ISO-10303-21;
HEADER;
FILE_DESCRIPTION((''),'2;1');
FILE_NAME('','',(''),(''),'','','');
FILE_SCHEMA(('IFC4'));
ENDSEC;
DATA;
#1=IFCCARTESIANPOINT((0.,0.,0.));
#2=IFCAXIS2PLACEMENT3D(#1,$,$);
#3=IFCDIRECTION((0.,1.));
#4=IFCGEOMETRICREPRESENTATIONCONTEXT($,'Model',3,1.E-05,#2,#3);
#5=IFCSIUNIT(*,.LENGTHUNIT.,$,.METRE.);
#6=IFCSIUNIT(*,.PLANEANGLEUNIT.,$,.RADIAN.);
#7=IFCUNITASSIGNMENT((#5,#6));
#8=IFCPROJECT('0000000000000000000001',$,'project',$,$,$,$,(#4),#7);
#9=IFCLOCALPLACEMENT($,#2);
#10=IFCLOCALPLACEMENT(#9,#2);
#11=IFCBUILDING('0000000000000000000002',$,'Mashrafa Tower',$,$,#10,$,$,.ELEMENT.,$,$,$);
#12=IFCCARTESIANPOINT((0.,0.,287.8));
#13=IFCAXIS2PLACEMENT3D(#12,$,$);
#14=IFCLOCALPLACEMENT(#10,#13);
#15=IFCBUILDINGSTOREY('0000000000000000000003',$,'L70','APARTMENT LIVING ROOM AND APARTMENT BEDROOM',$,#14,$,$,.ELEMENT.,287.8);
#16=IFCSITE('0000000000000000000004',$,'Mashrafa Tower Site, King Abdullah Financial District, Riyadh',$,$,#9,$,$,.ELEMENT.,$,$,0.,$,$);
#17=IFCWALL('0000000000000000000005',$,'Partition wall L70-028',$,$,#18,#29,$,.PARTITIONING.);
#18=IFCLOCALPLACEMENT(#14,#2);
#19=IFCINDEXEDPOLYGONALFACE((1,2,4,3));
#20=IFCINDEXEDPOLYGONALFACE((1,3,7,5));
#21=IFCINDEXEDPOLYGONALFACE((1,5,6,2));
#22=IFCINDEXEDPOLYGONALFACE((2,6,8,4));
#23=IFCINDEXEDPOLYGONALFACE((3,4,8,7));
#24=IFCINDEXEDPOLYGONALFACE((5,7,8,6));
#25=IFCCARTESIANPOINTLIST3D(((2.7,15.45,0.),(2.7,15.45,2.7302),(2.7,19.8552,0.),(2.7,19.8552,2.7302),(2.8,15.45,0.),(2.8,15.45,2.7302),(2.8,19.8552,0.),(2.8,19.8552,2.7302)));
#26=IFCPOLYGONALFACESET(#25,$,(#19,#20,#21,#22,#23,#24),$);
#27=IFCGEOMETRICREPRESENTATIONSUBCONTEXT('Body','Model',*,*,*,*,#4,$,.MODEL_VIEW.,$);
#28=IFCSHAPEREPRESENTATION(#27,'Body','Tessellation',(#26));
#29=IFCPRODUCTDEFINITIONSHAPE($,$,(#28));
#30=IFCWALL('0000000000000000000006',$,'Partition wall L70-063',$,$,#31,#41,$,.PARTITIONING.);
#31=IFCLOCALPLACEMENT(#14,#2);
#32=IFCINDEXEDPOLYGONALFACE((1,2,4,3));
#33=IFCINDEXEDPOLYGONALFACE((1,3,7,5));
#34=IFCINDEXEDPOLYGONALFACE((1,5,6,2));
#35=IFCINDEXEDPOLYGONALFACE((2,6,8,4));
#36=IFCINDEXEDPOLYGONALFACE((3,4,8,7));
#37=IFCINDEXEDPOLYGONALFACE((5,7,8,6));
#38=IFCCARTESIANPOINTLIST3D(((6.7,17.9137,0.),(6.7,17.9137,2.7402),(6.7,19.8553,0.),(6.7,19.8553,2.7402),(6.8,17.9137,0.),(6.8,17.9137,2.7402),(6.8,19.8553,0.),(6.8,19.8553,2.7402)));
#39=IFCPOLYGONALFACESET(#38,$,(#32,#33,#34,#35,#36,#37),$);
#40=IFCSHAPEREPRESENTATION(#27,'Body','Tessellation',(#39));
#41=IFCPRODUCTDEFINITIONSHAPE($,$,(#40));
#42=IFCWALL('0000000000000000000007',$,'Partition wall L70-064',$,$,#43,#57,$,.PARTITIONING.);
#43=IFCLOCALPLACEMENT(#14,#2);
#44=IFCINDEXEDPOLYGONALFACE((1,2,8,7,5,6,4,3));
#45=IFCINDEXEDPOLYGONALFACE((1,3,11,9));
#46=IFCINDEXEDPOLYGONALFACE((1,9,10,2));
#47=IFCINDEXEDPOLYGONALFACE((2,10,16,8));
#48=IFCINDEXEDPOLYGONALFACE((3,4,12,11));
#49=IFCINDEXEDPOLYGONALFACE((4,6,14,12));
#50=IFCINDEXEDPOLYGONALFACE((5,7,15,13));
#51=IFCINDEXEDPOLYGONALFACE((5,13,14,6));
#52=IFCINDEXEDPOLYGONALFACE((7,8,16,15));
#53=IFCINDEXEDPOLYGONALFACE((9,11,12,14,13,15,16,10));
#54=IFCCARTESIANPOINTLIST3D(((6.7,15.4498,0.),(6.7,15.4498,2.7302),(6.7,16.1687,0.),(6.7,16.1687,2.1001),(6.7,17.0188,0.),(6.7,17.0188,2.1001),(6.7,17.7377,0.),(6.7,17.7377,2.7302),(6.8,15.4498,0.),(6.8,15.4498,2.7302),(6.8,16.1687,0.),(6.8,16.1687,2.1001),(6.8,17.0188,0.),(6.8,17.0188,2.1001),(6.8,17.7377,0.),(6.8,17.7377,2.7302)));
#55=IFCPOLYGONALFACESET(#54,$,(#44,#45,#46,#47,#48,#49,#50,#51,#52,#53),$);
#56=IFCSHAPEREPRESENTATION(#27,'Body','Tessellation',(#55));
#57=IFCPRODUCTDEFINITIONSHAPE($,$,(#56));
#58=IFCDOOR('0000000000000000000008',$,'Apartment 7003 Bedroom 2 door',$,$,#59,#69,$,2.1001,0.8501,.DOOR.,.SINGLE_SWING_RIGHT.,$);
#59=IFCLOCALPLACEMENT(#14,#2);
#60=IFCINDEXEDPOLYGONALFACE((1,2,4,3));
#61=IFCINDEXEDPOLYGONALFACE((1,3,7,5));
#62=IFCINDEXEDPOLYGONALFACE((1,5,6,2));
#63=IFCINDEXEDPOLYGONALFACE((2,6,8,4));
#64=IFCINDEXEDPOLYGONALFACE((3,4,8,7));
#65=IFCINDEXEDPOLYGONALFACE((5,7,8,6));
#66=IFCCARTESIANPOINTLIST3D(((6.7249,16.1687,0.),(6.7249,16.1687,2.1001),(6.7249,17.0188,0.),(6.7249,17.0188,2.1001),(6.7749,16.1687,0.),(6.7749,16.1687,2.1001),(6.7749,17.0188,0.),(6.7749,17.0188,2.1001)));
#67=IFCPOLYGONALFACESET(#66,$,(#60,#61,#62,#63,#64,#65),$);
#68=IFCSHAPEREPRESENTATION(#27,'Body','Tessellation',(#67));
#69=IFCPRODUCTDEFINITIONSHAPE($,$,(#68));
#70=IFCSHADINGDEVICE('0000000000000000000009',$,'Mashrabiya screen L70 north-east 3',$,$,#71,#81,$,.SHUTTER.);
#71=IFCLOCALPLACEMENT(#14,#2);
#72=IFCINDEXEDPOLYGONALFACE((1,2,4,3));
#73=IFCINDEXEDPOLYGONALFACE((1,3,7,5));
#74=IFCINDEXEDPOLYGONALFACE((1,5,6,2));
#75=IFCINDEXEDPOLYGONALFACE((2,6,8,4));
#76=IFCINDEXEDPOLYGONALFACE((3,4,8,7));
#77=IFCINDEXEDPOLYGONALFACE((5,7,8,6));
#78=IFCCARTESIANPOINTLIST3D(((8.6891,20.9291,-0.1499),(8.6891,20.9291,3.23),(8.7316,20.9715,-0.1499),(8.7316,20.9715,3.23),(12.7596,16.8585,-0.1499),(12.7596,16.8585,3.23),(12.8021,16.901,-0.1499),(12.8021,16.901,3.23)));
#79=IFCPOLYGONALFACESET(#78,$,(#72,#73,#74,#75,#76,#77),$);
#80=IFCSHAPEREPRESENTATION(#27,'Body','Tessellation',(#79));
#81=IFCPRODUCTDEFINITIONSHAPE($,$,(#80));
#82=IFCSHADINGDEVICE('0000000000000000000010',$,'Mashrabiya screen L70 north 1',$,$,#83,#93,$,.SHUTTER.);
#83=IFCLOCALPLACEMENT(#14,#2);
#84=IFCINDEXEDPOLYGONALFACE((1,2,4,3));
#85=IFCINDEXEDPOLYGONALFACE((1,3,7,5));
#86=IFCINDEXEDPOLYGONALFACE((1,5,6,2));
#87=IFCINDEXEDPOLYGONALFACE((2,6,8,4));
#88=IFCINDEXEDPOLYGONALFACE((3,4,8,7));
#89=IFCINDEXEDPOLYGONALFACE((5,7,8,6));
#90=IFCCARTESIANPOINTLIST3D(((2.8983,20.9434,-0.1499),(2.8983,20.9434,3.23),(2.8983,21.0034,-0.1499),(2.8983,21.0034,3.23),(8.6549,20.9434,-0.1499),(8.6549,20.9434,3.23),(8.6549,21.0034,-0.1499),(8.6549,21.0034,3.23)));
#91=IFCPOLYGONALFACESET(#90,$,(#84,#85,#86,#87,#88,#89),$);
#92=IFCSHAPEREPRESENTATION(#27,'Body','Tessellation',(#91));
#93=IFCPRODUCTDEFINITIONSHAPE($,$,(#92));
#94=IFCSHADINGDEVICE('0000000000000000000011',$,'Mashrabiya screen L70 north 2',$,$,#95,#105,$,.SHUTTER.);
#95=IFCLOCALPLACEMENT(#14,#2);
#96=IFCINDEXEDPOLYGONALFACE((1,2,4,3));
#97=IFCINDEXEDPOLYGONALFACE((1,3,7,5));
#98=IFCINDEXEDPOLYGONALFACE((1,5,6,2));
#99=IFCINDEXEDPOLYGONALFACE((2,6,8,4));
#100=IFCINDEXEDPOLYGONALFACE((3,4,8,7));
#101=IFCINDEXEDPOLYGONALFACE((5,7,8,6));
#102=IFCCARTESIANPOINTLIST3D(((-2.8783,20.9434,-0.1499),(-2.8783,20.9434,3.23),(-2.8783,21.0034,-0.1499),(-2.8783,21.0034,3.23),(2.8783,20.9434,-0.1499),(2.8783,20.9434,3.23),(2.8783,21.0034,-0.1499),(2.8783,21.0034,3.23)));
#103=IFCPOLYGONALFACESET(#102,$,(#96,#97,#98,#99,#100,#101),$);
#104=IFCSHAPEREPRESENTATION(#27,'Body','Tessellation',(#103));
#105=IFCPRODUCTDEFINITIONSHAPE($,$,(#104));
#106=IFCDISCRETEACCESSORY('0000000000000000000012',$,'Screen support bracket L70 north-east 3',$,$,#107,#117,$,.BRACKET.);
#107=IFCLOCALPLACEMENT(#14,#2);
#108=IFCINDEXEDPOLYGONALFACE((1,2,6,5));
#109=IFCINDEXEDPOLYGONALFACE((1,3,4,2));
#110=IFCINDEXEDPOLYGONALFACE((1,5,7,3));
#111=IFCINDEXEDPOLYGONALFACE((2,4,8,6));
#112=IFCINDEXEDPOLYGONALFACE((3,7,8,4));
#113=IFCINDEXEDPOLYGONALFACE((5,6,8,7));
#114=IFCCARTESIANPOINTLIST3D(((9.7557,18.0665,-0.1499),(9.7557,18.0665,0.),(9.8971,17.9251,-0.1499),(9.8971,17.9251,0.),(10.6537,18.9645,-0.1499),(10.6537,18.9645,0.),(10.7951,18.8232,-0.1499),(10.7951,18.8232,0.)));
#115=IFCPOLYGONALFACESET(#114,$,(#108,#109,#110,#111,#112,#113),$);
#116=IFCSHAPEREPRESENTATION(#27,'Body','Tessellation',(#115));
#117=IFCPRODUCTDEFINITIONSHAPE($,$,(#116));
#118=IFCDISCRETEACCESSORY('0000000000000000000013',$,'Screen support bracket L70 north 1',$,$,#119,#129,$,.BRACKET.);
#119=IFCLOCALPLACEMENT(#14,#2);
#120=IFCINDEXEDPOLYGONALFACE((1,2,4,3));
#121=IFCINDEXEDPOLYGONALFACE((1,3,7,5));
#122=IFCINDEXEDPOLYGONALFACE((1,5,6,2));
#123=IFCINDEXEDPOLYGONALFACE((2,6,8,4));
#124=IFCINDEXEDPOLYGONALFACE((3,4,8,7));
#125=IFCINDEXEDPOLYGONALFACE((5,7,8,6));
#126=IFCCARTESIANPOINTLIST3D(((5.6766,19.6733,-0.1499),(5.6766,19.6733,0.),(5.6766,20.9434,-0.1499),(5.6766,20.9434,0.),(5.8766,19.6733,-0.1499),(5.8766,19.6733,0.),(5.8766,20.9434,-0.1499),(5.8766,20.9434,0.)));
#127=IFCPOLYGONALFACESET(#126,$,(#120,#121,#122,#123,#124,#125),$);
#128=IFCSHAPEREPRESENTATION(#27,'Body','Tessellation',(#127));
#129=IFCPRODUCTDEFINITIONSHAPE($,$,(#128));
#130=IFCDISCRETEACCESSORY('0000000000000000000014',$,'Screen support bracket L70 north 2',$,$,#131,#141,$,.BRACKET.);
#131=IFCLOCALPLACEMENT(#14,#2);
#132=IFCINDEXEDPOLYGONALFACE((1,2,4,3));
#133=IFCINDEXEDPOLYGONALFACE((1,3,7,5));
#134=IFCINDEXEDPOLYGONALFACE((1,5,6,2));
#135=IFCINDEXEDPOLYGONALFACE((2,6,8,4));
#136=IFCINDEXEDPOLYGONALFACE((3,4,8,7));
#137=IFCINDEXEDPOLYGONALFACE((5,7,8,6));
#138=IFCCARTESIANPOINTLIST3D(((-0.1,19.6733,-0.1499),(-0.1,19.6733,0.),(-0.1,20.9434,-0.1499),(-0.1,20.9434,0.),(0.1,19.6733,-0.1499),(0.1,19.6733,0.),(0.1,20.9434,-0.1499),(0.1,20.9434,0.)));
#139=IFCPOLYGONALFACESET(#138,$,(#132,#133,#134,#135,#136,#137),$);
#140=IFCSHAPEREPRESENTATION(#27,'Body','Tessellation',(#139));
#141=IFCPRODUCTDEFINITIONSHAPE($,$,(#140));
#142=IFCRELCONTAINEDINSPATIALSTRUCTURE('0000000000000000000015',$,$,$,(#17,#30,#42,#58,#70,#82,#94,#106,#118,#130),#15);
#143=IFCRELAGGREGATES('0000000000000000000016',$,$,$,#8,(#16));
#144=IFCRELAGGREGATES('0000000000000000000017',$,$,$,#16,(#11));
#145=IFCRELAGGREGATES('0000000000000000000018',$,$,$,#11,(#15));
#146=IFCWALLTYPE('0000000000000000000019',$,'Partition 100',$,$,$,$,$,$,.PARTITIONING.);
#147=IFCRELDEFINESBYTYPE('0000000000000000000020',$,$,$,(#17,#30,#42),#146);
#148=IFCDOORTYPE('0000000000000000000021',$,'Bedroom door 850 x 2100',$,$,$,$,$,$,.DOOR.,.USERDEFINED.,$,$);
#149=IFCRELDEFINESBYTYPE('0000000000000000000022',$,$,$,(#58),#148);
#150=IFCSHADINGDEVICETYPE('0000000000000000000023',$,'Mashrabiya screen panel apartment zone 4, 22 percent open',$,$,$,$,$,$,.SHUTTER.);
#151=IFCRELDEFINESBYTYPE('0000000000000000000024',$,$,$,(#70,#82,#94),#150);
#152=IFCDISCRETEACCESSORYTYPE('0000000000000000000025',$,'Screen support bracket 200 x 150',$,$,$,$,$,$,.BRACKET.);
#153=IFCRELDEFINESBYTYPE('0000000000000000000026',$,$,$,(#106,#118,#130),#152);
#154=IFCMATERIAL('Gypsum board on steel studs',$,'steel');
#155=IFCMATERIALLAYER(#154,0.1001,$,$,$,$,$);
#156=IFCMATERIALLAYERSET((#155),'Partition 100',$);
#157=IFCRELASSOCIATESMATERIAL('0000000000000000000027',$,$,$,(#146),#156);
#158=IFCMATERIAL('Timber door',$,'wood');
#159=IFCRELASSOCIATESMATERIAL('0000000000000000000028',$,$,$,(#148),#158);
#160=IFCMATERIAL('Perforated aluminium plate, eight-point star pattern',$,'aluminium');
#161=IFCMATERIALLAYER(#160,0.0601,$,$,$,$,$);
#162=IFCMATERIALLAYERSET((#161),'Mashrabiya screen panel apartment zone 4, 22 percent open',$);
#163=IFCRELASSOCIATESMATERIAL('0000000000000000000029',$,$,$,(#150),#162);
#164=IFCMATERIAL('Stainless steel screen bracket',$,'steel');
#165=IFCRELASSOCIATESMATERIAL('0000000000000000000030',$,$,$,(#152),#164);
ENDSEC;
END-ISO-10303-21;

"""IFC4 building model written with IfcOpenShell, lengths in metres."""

from ifc_helpers import new_model, si_unit, direction, frame, frame_2d, origin, origin_2d, place, context, subcontext, project, spatial, rectangle, extrude, source, transform, mapped, material, layer, layer_set, type_object, type_shapes, element, fill, save


model = new_model("IFC4")

# Units and contexts
model_context = context("Model", 3, precision=1e-05, world=origin(), true_north=direction((0.0, 1.0)))
body_context = subcontext(model_context, "Body", "Model", "MODEL_VIEW")
ifc_project = project(units=[si_unit("LENGTHUNIT", "METRE"), si_unit("PLANEANGLEUNIT", "RADIAN")], contexts=[model_context])

# Site, building, storey
site_placement = place(None, origin())
site = spatial("IfcSite", under=ifc_project, at=site_placement, Name="Mashrafa Tower Site, King Abdullah Financial District, Riyadh", CompositionType="ELEMENT", RefElevation=0.0)
building_placement = place(site_placement, origin())
building = spatial("IfcBuilding", under=site, at=building_placement, Name="Mashrafa Tower", CompositionType="ELEMENT")
storey_placement = place(building_placement, frame((0.0, 0.0, 287.8)))
storey = spatial("IfcBuildingStorey", under=building, at=storey_placement, Name="L70", Description="APARTMENT LIVING ROOM AND APARTMENT BEDROOM", CompositionType="ELEMENT", Elevation=287.8)

# Walls
ifc_material_1 = material(Name="Gypsum board on steel studs", Category="steel")
ifc_layer_1 = layer(ifc_material_1, 0.1001)
ifc_layer_set_1 = layer_set([ifc_layer_1], Name="Partition 100")
wall_type = type_object("IfcWallType", Name="Partition 100", PredefinedType="PARTITIONING", material=ifc_layer_set_1)
wall_1_placement = place(storey_placement, frame((2.75, 19.8552, 0.0), z_axis=(0.0, 0.0, 1.0), x_axis=(0.0, -1.0, 0.0)))
element("IfcWall", 1, at=wall_1_placement, inside=storey, type_object=wall_type, Name="Partition wall L70-028", PredefinedType="PARTITIONING", context=body_context, shape_type="SweptSolid", body=[
    extrude(rectangle(XDim=4.4053, YDim=0.1001, at=frame_2d((2.2026, 0.0))), origin(), (0.0, 0.0, 1.0), 2.7302),
])
wall_2_placement = place(storey_placement, frame((6.75, 19.8552, 0.0), z_axis=(0.0, 0.0, 1.0), x_axis=(0.0, -1.0, 0.0)))
element("IfcWall", 2, at=wall_2_placement, inside=storey, type_object=wall_type, Name="Partition wall L70-063", PredefinedType="PARTITIONING", context=body_context, shape_type="SweptSolid", body=[
    extrude(rectangle(XDim=1.9417, YDim=0.1001, at=frame_2d((0.9707, 0.0))), origin(), (0.0, 0.0, 1.0), 2.7402),
])

# Wall, opening, door
wall_3_placement = place(storey_placement, frame((6.75, 17.7378, 0.0), z_axis=(0.0, 0.0, 1.0), x_axis=(0.0, -1.0, 0.0)))
wall_3 = element("IfcWall", 3, at=wall_3_placement, inside=storey, type_object=wall_type, Name="Partition wall L70-064", PredefinedType="PARTITIONING", context=body_context, shape_type="SweptSolid", body=[
    extrude(rectangle(XDim=2.2878, YDim=0.1001, at=frame_2d((1.144, 0.0))), origin(), (0.0, 0.0, 1.0), 2.7302),
])
opening_placement = place(wall_3_placement, frame((0.719, 0.0, 0.0)))
opening = element("IfcOpeningElement", 4, at=opening_placement, cuts=wall_3, PredefinedType="OPENING", context=body_context, shape_type="SweptSolid", body=[
    extrude(rectangle(XDim=0.8501, YDim=2.1001, at=frame_2d((0.425, 1.05))), frame((0.0, 0.0601, 0.0), z_axis=(0.0, -1.0, 0.0), x_axis=(1.0, 0.0, 0.0)), (0.0, 0.0, 1.0), 0.1201),
])
ifc_material_2 = material(Name="Timber door", Category="wood")
door_type = type_object("IfcDoorType", Name="Bedroom door 850 x 2100", OperationType="USERDEFINED", PredefinedType="DOOR", material=ifc_material_2)
door_placement = place(opening_placement, origin())
door = element("IfcDoor", 5, at=door_placement, inside=storey, type_object=door_type, Name="Apartment 7003 Bedroom 2 door", OperationType="SINGLE_SWING_RIGHT", OverallHeight=2.1001, OverallWidth=0.8501, PredefinedType="DOOR", context=body_context, shape_type="SweptSolid", body=[
    extrude(rectangle(XDim=0.8501, YDim=2.1001, at=frame_2d((0.425, 1.05))), frame((0.0, 0.0249, 0.0), z_axis=(0.0, -1.0, 0.0), x_axis=(1.0, 0.0, 0.0)), (0.0, 0.0, 1.0), 0.05),
])
fill(opening, door)

# Shading devices
ifc_material_3 = material(Name="Perforated aluminium plate, eight-point star pattern", Category="aluminium")
ifc_layer_2 = layer(ifc_material_3, 0.0601)
ifc_layer_set_2 = layer_set([ifc_layer_2], Name="Mashrabiya screen panel apartment zone 4, 22 percent open")
shading_device_type = type_object("IfcShadingDeviceType", Name="Mashrabiya screen panel apartment zone 4, 22 percent open", PredefinedType="SHUTTER", material=ifc_layer_set_2)
shared_shape_1 = source(origin(), body_context, "Body", "SweptSolid", [
    extrude(rectangle(XDim=5.7566, YDim=0.0601, at=origin_2d()), origin(), (0.0, 0.0, 1.0), 3.3799),
])
type_shapes(shading_device_type, [shared_shape_1])
for number, where, z_axis, x_axis, name in (
    (6, (10.7456, 18.915, -0.1499), (0.0, 0.0, 1.0), (-0.707107, 0.707107, 0.0), "Mashrabiya screen L70 north-east 3"),
    (7, (5.7766, 20.9734, -0.1499), (0.0, 0.0, 1.0), (-1.0, 0.0, 0.0), "Mashrabiya screen L70 north 1"),
    (8, (0.0, 20.9734, -0.1499), (0.0, 0.0, 1.0), (-1.0, 0.0, 0.0), "Mashrabiya screen L70 north 2"),
):
    element("IfcShadingDevice", number, at=place(storey_placement, frame(where, z_axis=z_axis, x_axis=x_axis)), inside=storey, type_object=shading_device_type, Name=name, PredefinedType="SHUTTER", context=body_context, shape_type="MappedRepresentation", body=[
        mapped(shared_shape_1, transform((0.0, 0.0, 0.0))),
    ])

# Discrete accessories
ifc_material_4 = material(Name="Stainless steel screen bracket", Category="steel")
discrete_accessory_type = type_object("IfcDiscreteAccessoryType", Name="Screen support bracket 200 x 150", PredefinedType="BRACKET", material=ifc_material_4)
shared_shape_2 = source(origin(), body_context, "Body", "SweptSolid", [
    extrude(rectangle(XDim=0.2, YDim=1.27, at=origin_2d()), origin(), (0.0, 0.0, 1.0), 0.1499),
])
type_shapes(discrete_accessory_type, [shared_shape_2])
for number, where, z_axis, x_axis, name in (
    (9, (10.2754, 18.4448, -0.1499), (0.0, 0.0, 1.0), (-0.707107, 0.707107, 0.0), "Screen support bracket L70 north-east 3"),
    (10, (5.7766, 20.3083, -0.1499), (0.0, 0.0, 1.0), (-1.0, 0.0, 0.0), "Screen support bracket L70 north 1"),
    (11, (0.0, 20.3083, -0.1499), (0.0, 0.0, 1.0), (-1.0, 0.0, 0.0), "Screen support bracket L70 north 2"),
):
    element("IfcDiscreteAccessory", number, at=place(storey_placement, frame(where, z_axis=z_axis, x_axis=x_axis)), inside=storey, type_object=discrete_accessory_type, Name=name, PredefinedType="BRACKET", context=body_context, shape_type="MappedRepresentation", body=[
        mapped(shared_shape_2, transform((0.0, 0.0, 0.0))),
    ])

save(model, "model.ifc")
